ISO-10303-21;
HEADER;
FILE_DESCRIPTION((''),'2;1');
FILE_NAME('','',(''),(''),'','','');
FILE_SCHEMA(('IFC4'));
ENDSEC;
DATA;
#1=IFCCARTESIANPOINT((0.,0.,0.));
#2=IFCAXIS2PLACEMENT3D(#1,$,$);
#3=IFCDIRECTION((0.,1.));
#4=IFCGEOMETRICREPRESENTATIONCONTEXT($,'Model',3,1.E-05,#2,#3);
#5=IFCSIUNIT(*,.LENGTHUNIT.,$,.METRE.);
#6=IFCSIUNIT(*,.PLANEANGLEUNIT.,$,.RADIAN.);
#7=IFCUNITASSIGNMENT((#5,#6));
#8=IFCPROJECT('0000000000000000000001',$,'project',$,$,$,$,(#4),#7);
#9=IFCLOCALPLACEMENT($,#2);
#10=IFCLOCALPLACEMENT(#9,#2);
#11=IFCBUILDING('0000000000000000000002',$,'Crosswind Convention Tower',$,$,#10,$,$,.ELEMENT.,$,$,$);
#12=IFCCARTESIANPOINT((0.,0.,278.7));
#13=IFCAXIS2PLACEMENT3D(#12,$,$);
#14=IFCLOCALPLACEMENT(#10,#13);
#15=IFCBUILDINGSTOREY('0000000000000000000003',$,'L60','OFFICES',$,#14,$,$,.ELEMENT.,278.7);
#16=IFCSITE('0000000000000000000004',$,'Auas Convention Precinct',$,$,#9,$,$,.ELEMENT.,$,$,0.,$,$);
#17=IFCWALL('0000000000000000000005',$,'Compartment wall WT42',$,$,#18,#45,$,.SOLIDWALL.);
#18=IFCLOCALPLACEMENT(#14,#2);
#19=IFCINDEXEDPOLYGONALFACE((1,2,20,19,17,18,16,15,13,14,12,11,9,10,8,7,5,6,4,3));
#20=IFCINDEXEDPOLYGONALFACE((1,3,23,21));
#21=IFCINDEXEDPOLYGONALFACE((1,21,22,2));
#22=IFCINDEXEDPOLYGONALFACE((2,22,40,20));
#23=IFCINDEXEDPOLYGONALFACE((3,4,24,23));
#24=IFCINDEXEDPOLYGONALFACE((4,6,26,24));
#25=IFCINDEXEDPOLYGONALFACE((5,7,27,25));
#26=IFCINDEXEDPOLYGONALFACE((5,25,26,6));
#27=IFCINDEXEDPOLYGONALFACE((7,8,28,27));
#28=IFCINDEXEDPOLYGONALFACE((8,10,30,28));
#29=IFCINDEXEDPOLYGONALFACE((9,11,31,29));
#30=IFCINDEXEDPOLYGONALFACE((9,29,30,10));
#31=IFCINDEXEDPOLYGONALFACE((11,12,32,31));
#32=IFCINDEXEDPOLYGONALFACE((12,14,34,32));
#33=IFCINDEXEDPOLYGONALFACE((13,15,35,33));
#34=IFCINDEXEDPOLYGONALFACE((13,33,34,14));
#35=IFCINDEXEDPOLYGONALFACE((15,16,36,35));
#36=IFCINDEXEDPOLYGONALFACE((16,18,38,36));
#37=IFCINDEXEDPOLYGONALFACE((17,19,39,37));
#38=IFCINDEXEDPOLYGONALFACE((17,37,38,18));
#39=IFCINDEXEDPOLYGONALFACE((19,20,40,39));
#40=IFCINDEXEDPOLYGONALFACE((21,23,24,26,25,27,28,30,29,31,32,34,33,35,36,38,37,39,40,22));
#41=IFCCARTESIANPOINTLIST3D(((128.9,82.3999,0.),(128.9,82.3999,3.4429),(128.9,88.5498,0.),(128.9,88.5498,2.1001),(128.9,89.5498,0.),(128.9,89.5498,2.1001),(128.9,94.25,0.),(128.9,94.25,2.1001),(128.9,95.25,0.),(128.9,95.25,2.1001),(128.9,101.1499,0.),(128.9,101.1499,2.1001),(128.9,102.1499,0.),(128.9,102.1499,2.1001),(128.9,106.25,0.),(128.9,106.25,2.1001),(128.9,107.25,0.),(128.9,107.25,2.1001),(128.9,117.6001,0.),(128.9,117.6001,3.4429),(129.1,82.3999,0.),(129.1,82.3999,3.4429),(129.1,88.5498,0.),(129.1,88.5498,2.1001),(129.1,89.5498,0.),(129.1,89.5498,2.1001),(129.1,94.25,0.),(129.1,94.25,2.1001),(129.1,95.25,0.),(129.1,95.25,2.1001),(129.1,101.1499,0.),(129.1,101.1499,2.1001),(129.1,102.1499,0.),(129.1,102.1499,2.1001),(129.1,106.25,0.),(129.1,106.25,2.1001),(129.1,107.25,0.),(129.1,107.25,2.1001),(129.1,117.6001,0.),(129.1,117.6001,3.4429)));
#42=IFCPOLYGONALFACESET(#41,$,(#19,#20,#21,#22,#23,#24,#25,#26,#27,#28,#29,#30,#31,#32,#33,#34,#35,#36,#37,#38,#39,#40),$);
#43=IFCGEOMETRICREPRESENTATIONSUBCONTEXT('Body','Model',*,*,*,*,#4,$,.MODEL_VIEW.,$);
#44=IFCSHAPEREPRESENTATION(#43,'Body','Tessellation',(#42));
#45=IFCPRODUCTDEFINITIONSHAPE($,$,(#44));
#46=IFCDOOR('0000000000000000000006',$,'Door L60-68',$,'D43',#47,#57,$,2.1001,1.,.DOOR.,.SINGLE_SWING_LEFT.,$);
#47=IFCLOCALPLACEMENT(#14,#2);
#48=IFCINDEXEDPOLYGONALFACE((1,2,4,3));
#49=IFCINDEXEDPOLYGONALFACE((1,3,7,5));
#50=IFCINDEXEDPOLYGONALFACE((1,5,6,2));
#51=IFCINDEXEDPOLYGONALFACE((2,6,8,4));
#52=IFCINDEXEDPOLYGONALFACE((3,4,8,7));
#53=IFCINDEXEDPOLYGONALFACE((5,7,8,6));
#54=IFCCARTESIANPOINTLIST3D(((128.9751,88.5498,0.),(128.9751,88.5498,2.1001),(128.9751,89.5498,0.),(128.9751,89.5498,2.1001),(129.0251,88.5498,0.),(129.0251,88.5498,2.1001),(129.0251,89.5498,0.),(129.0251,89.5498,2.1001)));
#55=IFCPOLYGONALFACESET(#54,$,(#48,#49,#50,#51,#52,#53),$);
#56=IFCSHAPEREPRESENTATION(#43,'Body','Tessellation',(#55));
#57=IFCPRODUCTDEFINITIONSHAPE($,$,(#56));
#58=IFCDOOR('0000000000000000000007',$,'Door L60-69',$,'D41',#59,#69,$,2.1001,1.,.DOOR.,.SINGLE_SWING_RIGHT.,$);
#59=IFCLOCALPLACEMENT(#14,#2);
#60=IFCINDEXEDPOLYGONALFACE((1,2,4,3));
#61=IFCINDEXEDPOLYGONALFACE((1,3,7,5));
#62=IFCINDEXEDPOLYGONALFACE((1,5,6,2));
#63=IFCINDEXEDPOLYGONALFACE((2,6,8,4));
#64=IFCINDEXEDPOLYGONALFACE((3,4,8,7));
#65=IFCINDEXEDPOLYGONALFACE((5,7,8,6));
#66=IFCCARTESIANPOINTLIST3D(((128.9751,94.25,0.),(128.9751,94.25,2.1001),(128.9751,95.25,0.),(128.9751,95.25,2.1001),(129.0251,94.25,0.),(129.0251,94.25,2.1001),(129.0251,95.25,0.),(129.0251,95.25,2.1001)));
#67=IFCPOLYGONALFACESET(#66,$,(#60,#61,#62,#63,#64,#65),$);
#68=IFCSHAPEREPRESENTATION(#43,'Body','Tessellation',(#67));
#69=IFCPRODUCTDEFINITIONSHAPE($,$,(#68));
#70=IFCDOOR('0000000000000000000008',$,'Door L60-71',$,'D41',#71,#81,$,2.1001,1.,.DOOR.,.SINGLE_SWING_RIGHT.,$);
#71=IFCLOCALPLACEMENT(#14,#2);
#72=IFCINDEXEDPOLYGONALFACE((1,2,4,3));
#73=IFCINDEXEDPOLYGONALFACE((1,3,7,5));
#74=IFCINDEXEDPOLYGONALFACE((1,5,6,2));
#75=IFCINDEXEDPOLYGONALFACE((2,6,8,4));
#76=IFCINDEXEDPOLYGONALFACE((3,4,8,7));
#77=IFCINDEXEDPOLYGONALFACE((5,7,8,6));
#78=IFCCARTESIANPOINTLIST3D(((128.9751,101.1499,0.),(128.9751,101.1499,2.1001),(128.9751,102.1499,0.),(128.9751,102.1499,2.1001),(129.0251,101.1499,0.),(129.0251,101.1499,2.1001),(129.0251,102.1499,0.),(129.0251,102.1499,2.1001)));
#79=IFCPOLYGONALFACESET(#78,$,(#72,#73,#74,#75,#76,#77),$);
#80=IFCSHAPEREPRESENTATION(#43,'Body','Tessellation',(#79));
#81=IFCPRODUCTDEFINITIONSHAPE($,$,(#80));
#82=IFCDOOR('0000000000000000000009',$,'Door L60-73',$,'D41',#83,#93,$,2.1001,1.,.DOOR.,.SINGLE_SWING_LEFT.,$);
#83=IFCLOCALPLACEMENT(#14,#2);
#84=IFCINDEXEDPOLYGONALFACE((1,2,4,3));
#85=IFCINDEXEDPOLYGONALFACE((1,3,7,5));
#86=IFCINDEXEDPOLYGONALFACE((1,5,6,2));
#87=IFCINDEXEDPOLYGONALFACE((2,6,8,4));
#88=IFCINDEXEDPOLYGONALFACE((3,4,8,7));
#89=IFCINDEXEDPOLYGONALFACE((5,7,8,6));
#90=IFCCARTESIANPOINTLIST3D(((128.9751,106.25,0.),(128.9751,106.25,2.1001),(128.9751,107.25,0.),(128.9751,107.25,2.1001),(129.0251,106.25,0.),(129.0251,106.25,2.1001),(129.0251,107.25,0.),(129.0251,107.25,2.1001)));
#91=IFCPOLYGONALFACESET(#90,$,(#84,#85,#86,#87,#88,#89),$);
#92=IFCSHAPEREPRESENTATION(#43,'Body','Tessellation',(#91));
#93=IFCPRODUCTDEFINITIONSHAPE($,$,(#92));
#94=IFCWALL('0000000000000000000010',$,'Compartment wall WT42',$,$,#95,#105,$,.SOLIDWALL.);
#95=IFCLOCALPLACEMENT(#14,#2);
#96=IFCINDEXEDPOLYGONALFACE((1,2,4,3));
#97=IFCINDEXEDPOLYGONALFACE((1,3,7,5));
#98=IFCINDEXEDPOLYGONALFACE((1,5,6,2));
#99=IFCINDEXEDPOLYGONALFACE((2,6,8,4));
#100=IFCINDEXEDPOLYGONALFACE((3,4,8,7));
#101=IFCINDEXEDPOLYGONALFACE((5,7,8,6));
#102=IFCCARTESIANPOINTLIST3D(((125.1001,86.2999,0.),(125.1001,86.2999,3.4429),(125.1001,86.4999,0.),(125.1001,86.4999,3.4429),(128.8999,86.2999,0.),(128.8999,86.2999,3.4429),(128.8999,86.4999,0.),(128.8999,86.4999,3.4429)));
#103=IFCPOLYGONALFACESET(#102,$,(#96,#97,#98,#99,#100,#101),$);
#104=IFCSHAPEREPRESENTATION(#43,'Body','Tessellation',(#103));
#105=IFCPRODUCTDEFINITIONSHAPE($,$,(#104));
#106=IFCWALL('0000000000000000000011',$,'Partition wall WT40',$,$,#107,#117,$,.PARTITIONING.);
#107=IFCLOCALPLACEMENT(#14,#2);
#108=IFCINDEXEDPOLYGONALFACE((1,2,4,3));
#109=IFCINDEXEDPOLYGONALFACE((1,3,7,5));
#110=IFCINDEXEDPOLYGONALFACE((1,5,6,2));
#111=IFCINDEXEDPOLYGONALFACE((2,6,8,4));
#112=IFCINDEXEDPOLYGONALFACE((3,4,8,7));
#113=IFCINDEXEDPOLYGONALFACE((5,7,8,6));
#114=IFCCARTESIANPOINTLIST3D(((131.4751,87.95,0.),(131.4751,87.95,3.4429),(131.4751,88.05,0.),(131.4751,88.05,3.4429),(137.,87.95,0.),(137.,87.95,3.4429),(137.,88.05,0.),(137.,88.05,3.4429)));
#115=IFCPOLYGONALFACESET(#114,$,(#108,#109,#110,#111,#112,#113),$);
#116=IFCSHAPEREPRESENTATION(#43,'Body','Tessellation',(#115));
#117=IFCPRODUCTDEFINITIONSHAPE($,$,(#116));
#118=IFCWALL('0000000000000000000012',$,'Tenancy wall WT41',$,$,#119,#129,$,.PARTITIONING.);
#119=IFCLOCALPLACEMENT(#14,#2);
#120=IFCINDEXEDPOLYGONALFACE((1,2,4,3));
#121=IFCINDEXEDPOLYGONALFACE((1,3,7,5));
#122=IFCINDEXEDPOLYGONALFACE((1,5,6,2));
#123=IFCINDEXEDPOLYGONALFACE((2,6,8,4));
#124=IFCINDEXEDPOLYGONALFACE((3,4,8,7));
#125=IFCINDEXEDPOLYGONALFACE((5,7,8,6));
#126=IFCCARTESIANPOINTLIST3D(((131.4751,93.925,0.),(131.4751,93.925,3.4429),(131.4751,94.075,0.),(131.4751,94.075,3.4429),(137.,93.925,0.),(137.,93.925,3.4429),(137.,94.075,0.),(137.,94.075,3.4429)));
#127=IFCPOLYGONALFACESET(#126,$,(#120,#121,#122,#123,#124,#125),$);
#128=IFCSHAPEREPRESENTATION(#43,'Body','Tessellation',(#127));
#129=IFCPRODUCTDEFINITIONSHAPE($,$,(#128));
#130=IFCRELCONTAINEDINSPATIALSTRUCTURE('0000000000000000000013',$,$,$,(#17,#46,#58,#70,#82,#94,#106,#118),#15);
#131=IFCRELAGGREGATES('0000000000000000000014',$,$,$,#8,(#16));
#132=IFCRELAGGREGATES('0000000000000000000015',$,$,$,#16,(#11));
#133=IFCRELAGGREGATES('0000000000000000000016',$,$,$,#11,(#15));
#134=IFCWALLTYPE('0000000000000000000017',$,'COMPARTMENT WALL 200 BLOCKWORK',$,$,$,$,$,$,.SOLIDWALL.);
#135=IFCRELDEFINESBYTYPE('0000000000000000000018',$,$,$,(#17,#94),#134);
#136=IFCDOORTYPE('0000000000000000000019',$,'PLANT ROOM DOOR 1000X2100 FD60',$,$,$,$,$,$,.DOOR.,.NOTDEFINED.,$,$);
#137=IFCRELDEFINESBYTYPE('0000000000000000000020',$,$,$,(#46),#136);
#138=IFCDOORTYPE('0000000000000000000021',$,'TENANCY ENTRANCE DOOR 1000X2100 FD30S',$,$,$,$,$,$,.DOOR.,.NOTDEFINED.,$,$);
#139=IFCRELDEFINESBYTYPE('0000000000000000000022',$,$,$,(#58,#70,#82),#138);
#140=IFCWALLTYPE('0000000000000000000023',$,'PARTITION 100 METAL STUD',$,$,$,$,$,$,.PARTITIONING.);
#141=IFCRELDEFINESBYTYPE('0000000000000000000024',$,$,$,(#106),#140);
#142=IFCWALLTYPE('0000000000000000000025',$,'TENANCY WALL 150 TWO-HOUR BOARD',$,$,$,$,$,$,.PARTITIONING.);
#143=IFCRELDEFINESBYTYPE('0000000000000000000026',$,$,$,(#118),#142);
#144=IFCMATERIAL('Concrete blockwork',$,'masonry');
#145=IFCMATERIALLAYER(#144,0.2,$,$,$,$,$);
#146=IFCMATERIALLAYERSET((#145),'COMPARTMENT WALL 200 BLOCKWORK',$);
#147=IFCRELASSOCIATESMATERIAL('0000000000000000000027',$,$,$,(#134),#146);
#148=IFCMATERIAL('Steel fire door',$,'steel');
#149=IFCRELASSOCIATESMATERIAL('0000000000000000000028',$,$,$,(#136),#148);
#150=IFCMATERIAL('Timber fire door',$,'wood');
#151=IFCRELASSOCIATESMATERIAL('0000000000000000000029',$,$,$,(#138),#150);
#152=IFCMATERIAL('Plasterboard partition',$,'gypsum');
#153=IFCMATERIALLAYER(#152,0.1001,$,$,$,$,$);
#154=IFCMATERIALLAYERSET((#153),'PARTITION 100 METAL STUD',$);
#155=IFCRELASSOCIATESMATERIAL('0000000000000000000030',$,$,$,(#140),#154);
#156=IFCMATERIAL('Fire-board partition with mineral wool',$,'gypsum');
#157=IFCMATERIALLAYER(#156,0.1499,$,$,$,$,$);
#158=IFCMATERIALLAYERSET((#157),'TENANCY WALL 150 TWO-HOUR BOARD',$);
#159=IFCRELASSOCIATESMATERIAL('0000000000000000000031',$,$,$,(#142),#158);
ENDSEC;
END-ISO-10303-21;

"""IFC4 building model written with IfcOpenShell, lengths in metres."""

from ifc_helpers import new_model, si_unit, direction, frame, frame_2d, origin, place, context, subcontext, project, spatial, rectangle, extrude, material, layer, layer_set, type_object, element, fill, save


model = new_model("IFC4")

# Units and contexts
model_context = context("Model", 3, precision=1e-05, world=origin(), true_north=direction((0.0, 1.0)))
body_context = subcontext(model_context, "Body", "Model", "MODEL_VIEW")
ifc_project = project(units=[si_unit("LENGTHUNIT", "METRE"), si_unit("PLANEANGLEUNIT", "RADIAN")], contexts=[model_context])

# Site, building, storey
site_placement = place(None, origin())
site = spatial("IfcSite", under=ifc_project, at=site_placement, Name="Auas Convention Precinct", CompositionType="ELEMENT", RefElevation=0.0)
building_placement = place(site_placement, origin())
building = spatial("IfcBuilding", under=site, at=building_placement, Name="Crosswind Convention Tower", CompositionType="ELEMENT")
storey_placement = place(building_placement, frame((0.0, 0.0, 278.7)))
storey = spatial("IfcBuildingStorey", under=building, at=storey_placement, Name="L60", Description="OFFICES", CompositionType="ELEMENT", Elevation=278.7)

# Shared definitions
ifc_material_1 = material(Name="Concrete blockwork", Category="masonry")
ifc_layer_1 = layer(ifc_material_1, 0.2)
ifc_layer_set_1 = layer_set([ifc_layer_1], Name="COMPARTMENT WALL 200 BLOCKWORK")
wall_type_1 = type_object("IfcWallType", Name="COMPARTMENT WALL 200 BLOCKWORK", PredefinedType="SOLIDWALL", material=ifc_layer_set_1)

# Wall, openings, doors
wall_1_placement = place(storey_placement, frame((129.0, 82.3999, 0.0), z_axis=(0.0, 0.0, 1.0), x_axis=(0.0, 1.0, 0.0)))
wall_1 = element("IfcWall", 1, at=wall_1_placement, inside=storey, type_object=wall_type_1, Name="Compartment wall WT42", PredefinedType="SOLIDWALL", context=body_context, shape_type="SweptSolid", body=[
    extrude(rectangle(XDim=35.2002, YDim=0.2, at=frame_2d((17.6001, 0.0))), origin(), (0.0, 0.0, 1.0), 3.4429),
])
opening_1_placement = place(wall_1_placement, frame((6.1499, 0.0, 0.0)))
opening_1 = element("IfcOpeningElement", 2, at=opening_1_placement, cuts=wall_1, PredefinedType="OPENING", context=body_context, shape_type="SweptSolid", body=[
    extrude(rectangle(XDim=1.0, YDim=2.1001, at=frame_2d((0.5, 1.05))), frame((0.0, 0.1099, 0.0), z_axis=(0.0, -1.0, 0.0), x_axis=(1.0, 0.0, 0.0)), (0.0, 0.0, 1.0), 0.22),
])
opening_2_placement = place(wall_1_placement, frame((11.8501, 0.0, 0.0)))
opening_2 = element("IfcOpeningElement", 3, at=opening_2_placement, cuts=wall_1, PredefinedType="OPENING", context=body_context, shape_type="SweptSolid", body=[
    extrude(rectangle(XDim=1.0, YDim=2.1001, at=frame_2d((0.5, 1.05))), frame((0.0, 0.1099, 0.0), z_axis=(0.0, -1.0, 0.0), x_axis=(1.0, 0.0, 0.0)), (0.0, 0.0, 1.0), 0.22),
])
opening_3_placement = place(wall_1_placement, frame((18.75, 0.0, 0.0)))
opening_3 = element("IfcOpeningElement", 4, at=opening_3_placement, cuts=wall_1, PredefinedType="OPENING", context=body_context, shape_type="SweptSolid", body=[
    extrude(rectangle(XDim=1.0, YDim=2.1001, at=frame_2d((0.5, 1.05))), frame((0.0, 0.1099, 0.0), z_axis=(0.0, -1.0, 0.0), x_axis=(1.0, 0.0, 0.0)), (0.0, 0.0, 1.0), 0.22),
])
opening_4_placement = place(wall_1_placement, frame((23.8501, 0.0, 0.0)))
opening_4 = element("IfcOpeningElement", 5, at=opening_4_placement, cuts=wall_1, PredefinedType="OPENING", context=body_context, shape_type="SweptSolid", body=[
    extrude(rectangle(XDim=1.0, YDim=2.1001, at=frame_2d((0.5, 1.05))), frame((0.0, 0.1099, 0.0), z_axis=(0.0, -1.0, 0.0), x_axis=(1.0, 0.0, 0.0)), (0.0, 0.0, 1.0), 0.22),
])
ifc_material_2 = material(Name="Steel fire door", Category="steel")
door_type_1 = type_object("IfcDoorType", Name="PLANT ROOM DOOR 1000X2100 FD60", OperationType="NOTDEFINED", PredefinedType="DOOR", material=ifc_material_2)
door_1_placement = place(opening_1_placement, origin())
door_1 = element("IfcDoor", 6, at=door_1_placement, inside=storey, type_object=door_type_1, Name="Door L60-68", ObjectType="D43", OperationType="SINGLE_SWING_LEFT", OverallHeight=2.1001, OverallWidth=1.0, PredefinedType="DOOR", context=body_context, shape_type="SweptSolid", body=[
    extrude(rectangle(XDim=1.0, YDim=2.1001, at=frame_2d((0.5, 1.05))), frame((0.0, 0.0249, 0.0), z_axis=(0.0, -1.0, 0.0), x_axis=(1.0, 0.0, 0.0)), (0.0, 0.0, 1.0), 0.05),
])
fill(opening_1, door_1)
ifc_material_3 = material(Name="Timber fire door", Category="wood")
door_type_2 = type_object("IfcDoorType", Name="TENANCY ENTRANCE DOOR 1000X2100 FD30S", OperationType="NOTDEFINED", PredefinedType="DOOR", material=ifc_material_3)
door_2_placement = place(opening_2_placement, origin())
door_2 = element("IfcDoor", 7, at=door_2_placement, inside=storey, type_object=door_type_2, Name="Door L60-69", ObjectType="D41", OperationType="SINGLE_SWING_RIGHT", OverallHeight=2.1001, OverallWidth=1.0, PredefinedType="DOOR", context=body_context, shape_type="SweptSolid", body=[
    extrude(rectangle(XDim=1.0, YDim=2.1001, at=frame_2d((0.5, 1.05))), frame((0.0, 0.0249, 0.0), z_axis=(0.0, -1.0, 0.0), x_axis=(1.0, 0.0, 0.0)), (0.0, 0.0, 1.0), 0.05),
])
fill(opening_2, door_2)
door_3_placement = place(opening_3_placement, origin())
door_3 = element("IfcDoor", 8, at=door_3_placement, inside=storey, type_object=door_type_2, Name="Door L60-71", ObjectType="D41", OperationType="SINGLE_SWING_RIGHT", OverallHeight=2.1001, OverallWidth=1.0, PredefinedType="DOOR", context=body_context, shape_type="SweptSolid", body=[
    extrude(rectangle(XDim=1.0, YDim=2.1001, at=frame_2d((0.5, 1.05))), frame((0.0, 0.0249, 0.0), z_axis=(0.0, -1.0, 0.0), x_axis=(1.0, 0.0, 0.0)), (0.0, 0.0, 1.0), 0.05),
])
fill(opening_3, door_3)
door_4_placement = place(opening_4_placement, origin())
door_4 = element("IfcDoor", 9, at=door_4_placement, inside=storey, type_object=door_type_2, Name="Door L60-73", ObjectType="D41", OperationType="SINGLE_SWING_LEFT", OverallHeight=2.1001, OverallWidth=1.0, PredefinedType="DOOR", context=body_context, shape_type="SweptSolid", body=[
    extrude(rectangle(XDim=1.0, YDim=2.1001, at=frame_2d((0.5, 1.05))), frame((0.0, 0.0249, 0.0), z_axis=(0.0, -1.0, 0.0), x_axis=(1.0, 0.0, 0.0)), (0.0, 0.0, 1.0), 0.05),
])
fill(opening_4, door_4)

# Walls
wall_2_placement = place(storey_placement, frame((125.1001, 86.3999, 0.0), z_axis=(0.0, 0.0, 1.0), x_axis=(1.0, 0.0, 0.0)))
element("IfcWall", 10, at=wall_2_placement, inside=storey, type_object=wall_type_1, Name="Compartment wall WT42", PredefinedType="SOLIDWALL", context=body_context, shape_type="SweptSolid", body=[
    extrude(rectangle(XDim=3.7998, YDim=0.2, at=frame_2d((1.8999, 0.0))), origin(), (0.0, 0.0, 1.0), 3.4429),
])
ifc_material_4 = material(Name="Plasterboard partition", Category="gypsum")
ifc_layer_2 = layer(ifc_material_4, 0.1001)
ifc_layer_set_2 = layer_set([ifc_layer_2], Name="PARTITION 100 METAL STUD")
wall_type_2 = type_object("IfcWallType", Name="PARTITION 100 METAL STUD", PredefinedType="PARTITIONING", material=ifc_layer_set_2)
wall_3_placement = place(storey_placement, frame((131.4751, 88.0, 0.0), z_axis=(0.0, 0.0, 1.0), x_axis=(1.0, 0.0, 0.0)))
element("IfcWall", 11, at=wall_3_placement, inside=storey, type_object=wall_type_2, Name="Partition wall WT40", PredefinedType="PARTITIONING", context=body_context, shape_type="SweptSolid", body=[
    extrude(rectangle(XDim=5.5249, YDim=0.1001, at=frame_2d((2.7625, 0.0))), origin(), (0.0, 0.0, 1.0), 3.4429),
])
ifc_material_5 = material(Name="Fire-board partition with mineral wool", Category="gypsum")
ifc_layer_3 = layer(ifc_material_5, 0.1499)
ifc_layer_set_3 = layer_set([ifc_layer_3], Name="TENANCY WALL 150 TWO-HOUR BOARD")
wall_type_3 = type_object("IfcWallType", Name="TENANCY WALL 150 TWO-HOUR BOARD", PredefinedType="PARTITIONING", material=ifc_layer_set_3)
wall_4_placement = place(storey_placement, frame((131.4751, 94.0, 0.0), z_axis=(0.0, 0.0, 1.0), x_axis=(1.0, 0.0, 0.0)))
element("IfcWall", 12, at=wall_4_placement, inside=storey, type_object=wall_type_3, Name="Tenancy wall WT41", PredefinedType="PARTITIONING", context=body_context, shape_type="SweptSolid", body=[
    extrude(rectangle(XDim=5.5249, YDim=0.1499, at=frame_2d((2.7625, 0.0))), origin(), (0.0, 0.0, 1.0), 3.4429),
])

save(model, "model.ifc")
